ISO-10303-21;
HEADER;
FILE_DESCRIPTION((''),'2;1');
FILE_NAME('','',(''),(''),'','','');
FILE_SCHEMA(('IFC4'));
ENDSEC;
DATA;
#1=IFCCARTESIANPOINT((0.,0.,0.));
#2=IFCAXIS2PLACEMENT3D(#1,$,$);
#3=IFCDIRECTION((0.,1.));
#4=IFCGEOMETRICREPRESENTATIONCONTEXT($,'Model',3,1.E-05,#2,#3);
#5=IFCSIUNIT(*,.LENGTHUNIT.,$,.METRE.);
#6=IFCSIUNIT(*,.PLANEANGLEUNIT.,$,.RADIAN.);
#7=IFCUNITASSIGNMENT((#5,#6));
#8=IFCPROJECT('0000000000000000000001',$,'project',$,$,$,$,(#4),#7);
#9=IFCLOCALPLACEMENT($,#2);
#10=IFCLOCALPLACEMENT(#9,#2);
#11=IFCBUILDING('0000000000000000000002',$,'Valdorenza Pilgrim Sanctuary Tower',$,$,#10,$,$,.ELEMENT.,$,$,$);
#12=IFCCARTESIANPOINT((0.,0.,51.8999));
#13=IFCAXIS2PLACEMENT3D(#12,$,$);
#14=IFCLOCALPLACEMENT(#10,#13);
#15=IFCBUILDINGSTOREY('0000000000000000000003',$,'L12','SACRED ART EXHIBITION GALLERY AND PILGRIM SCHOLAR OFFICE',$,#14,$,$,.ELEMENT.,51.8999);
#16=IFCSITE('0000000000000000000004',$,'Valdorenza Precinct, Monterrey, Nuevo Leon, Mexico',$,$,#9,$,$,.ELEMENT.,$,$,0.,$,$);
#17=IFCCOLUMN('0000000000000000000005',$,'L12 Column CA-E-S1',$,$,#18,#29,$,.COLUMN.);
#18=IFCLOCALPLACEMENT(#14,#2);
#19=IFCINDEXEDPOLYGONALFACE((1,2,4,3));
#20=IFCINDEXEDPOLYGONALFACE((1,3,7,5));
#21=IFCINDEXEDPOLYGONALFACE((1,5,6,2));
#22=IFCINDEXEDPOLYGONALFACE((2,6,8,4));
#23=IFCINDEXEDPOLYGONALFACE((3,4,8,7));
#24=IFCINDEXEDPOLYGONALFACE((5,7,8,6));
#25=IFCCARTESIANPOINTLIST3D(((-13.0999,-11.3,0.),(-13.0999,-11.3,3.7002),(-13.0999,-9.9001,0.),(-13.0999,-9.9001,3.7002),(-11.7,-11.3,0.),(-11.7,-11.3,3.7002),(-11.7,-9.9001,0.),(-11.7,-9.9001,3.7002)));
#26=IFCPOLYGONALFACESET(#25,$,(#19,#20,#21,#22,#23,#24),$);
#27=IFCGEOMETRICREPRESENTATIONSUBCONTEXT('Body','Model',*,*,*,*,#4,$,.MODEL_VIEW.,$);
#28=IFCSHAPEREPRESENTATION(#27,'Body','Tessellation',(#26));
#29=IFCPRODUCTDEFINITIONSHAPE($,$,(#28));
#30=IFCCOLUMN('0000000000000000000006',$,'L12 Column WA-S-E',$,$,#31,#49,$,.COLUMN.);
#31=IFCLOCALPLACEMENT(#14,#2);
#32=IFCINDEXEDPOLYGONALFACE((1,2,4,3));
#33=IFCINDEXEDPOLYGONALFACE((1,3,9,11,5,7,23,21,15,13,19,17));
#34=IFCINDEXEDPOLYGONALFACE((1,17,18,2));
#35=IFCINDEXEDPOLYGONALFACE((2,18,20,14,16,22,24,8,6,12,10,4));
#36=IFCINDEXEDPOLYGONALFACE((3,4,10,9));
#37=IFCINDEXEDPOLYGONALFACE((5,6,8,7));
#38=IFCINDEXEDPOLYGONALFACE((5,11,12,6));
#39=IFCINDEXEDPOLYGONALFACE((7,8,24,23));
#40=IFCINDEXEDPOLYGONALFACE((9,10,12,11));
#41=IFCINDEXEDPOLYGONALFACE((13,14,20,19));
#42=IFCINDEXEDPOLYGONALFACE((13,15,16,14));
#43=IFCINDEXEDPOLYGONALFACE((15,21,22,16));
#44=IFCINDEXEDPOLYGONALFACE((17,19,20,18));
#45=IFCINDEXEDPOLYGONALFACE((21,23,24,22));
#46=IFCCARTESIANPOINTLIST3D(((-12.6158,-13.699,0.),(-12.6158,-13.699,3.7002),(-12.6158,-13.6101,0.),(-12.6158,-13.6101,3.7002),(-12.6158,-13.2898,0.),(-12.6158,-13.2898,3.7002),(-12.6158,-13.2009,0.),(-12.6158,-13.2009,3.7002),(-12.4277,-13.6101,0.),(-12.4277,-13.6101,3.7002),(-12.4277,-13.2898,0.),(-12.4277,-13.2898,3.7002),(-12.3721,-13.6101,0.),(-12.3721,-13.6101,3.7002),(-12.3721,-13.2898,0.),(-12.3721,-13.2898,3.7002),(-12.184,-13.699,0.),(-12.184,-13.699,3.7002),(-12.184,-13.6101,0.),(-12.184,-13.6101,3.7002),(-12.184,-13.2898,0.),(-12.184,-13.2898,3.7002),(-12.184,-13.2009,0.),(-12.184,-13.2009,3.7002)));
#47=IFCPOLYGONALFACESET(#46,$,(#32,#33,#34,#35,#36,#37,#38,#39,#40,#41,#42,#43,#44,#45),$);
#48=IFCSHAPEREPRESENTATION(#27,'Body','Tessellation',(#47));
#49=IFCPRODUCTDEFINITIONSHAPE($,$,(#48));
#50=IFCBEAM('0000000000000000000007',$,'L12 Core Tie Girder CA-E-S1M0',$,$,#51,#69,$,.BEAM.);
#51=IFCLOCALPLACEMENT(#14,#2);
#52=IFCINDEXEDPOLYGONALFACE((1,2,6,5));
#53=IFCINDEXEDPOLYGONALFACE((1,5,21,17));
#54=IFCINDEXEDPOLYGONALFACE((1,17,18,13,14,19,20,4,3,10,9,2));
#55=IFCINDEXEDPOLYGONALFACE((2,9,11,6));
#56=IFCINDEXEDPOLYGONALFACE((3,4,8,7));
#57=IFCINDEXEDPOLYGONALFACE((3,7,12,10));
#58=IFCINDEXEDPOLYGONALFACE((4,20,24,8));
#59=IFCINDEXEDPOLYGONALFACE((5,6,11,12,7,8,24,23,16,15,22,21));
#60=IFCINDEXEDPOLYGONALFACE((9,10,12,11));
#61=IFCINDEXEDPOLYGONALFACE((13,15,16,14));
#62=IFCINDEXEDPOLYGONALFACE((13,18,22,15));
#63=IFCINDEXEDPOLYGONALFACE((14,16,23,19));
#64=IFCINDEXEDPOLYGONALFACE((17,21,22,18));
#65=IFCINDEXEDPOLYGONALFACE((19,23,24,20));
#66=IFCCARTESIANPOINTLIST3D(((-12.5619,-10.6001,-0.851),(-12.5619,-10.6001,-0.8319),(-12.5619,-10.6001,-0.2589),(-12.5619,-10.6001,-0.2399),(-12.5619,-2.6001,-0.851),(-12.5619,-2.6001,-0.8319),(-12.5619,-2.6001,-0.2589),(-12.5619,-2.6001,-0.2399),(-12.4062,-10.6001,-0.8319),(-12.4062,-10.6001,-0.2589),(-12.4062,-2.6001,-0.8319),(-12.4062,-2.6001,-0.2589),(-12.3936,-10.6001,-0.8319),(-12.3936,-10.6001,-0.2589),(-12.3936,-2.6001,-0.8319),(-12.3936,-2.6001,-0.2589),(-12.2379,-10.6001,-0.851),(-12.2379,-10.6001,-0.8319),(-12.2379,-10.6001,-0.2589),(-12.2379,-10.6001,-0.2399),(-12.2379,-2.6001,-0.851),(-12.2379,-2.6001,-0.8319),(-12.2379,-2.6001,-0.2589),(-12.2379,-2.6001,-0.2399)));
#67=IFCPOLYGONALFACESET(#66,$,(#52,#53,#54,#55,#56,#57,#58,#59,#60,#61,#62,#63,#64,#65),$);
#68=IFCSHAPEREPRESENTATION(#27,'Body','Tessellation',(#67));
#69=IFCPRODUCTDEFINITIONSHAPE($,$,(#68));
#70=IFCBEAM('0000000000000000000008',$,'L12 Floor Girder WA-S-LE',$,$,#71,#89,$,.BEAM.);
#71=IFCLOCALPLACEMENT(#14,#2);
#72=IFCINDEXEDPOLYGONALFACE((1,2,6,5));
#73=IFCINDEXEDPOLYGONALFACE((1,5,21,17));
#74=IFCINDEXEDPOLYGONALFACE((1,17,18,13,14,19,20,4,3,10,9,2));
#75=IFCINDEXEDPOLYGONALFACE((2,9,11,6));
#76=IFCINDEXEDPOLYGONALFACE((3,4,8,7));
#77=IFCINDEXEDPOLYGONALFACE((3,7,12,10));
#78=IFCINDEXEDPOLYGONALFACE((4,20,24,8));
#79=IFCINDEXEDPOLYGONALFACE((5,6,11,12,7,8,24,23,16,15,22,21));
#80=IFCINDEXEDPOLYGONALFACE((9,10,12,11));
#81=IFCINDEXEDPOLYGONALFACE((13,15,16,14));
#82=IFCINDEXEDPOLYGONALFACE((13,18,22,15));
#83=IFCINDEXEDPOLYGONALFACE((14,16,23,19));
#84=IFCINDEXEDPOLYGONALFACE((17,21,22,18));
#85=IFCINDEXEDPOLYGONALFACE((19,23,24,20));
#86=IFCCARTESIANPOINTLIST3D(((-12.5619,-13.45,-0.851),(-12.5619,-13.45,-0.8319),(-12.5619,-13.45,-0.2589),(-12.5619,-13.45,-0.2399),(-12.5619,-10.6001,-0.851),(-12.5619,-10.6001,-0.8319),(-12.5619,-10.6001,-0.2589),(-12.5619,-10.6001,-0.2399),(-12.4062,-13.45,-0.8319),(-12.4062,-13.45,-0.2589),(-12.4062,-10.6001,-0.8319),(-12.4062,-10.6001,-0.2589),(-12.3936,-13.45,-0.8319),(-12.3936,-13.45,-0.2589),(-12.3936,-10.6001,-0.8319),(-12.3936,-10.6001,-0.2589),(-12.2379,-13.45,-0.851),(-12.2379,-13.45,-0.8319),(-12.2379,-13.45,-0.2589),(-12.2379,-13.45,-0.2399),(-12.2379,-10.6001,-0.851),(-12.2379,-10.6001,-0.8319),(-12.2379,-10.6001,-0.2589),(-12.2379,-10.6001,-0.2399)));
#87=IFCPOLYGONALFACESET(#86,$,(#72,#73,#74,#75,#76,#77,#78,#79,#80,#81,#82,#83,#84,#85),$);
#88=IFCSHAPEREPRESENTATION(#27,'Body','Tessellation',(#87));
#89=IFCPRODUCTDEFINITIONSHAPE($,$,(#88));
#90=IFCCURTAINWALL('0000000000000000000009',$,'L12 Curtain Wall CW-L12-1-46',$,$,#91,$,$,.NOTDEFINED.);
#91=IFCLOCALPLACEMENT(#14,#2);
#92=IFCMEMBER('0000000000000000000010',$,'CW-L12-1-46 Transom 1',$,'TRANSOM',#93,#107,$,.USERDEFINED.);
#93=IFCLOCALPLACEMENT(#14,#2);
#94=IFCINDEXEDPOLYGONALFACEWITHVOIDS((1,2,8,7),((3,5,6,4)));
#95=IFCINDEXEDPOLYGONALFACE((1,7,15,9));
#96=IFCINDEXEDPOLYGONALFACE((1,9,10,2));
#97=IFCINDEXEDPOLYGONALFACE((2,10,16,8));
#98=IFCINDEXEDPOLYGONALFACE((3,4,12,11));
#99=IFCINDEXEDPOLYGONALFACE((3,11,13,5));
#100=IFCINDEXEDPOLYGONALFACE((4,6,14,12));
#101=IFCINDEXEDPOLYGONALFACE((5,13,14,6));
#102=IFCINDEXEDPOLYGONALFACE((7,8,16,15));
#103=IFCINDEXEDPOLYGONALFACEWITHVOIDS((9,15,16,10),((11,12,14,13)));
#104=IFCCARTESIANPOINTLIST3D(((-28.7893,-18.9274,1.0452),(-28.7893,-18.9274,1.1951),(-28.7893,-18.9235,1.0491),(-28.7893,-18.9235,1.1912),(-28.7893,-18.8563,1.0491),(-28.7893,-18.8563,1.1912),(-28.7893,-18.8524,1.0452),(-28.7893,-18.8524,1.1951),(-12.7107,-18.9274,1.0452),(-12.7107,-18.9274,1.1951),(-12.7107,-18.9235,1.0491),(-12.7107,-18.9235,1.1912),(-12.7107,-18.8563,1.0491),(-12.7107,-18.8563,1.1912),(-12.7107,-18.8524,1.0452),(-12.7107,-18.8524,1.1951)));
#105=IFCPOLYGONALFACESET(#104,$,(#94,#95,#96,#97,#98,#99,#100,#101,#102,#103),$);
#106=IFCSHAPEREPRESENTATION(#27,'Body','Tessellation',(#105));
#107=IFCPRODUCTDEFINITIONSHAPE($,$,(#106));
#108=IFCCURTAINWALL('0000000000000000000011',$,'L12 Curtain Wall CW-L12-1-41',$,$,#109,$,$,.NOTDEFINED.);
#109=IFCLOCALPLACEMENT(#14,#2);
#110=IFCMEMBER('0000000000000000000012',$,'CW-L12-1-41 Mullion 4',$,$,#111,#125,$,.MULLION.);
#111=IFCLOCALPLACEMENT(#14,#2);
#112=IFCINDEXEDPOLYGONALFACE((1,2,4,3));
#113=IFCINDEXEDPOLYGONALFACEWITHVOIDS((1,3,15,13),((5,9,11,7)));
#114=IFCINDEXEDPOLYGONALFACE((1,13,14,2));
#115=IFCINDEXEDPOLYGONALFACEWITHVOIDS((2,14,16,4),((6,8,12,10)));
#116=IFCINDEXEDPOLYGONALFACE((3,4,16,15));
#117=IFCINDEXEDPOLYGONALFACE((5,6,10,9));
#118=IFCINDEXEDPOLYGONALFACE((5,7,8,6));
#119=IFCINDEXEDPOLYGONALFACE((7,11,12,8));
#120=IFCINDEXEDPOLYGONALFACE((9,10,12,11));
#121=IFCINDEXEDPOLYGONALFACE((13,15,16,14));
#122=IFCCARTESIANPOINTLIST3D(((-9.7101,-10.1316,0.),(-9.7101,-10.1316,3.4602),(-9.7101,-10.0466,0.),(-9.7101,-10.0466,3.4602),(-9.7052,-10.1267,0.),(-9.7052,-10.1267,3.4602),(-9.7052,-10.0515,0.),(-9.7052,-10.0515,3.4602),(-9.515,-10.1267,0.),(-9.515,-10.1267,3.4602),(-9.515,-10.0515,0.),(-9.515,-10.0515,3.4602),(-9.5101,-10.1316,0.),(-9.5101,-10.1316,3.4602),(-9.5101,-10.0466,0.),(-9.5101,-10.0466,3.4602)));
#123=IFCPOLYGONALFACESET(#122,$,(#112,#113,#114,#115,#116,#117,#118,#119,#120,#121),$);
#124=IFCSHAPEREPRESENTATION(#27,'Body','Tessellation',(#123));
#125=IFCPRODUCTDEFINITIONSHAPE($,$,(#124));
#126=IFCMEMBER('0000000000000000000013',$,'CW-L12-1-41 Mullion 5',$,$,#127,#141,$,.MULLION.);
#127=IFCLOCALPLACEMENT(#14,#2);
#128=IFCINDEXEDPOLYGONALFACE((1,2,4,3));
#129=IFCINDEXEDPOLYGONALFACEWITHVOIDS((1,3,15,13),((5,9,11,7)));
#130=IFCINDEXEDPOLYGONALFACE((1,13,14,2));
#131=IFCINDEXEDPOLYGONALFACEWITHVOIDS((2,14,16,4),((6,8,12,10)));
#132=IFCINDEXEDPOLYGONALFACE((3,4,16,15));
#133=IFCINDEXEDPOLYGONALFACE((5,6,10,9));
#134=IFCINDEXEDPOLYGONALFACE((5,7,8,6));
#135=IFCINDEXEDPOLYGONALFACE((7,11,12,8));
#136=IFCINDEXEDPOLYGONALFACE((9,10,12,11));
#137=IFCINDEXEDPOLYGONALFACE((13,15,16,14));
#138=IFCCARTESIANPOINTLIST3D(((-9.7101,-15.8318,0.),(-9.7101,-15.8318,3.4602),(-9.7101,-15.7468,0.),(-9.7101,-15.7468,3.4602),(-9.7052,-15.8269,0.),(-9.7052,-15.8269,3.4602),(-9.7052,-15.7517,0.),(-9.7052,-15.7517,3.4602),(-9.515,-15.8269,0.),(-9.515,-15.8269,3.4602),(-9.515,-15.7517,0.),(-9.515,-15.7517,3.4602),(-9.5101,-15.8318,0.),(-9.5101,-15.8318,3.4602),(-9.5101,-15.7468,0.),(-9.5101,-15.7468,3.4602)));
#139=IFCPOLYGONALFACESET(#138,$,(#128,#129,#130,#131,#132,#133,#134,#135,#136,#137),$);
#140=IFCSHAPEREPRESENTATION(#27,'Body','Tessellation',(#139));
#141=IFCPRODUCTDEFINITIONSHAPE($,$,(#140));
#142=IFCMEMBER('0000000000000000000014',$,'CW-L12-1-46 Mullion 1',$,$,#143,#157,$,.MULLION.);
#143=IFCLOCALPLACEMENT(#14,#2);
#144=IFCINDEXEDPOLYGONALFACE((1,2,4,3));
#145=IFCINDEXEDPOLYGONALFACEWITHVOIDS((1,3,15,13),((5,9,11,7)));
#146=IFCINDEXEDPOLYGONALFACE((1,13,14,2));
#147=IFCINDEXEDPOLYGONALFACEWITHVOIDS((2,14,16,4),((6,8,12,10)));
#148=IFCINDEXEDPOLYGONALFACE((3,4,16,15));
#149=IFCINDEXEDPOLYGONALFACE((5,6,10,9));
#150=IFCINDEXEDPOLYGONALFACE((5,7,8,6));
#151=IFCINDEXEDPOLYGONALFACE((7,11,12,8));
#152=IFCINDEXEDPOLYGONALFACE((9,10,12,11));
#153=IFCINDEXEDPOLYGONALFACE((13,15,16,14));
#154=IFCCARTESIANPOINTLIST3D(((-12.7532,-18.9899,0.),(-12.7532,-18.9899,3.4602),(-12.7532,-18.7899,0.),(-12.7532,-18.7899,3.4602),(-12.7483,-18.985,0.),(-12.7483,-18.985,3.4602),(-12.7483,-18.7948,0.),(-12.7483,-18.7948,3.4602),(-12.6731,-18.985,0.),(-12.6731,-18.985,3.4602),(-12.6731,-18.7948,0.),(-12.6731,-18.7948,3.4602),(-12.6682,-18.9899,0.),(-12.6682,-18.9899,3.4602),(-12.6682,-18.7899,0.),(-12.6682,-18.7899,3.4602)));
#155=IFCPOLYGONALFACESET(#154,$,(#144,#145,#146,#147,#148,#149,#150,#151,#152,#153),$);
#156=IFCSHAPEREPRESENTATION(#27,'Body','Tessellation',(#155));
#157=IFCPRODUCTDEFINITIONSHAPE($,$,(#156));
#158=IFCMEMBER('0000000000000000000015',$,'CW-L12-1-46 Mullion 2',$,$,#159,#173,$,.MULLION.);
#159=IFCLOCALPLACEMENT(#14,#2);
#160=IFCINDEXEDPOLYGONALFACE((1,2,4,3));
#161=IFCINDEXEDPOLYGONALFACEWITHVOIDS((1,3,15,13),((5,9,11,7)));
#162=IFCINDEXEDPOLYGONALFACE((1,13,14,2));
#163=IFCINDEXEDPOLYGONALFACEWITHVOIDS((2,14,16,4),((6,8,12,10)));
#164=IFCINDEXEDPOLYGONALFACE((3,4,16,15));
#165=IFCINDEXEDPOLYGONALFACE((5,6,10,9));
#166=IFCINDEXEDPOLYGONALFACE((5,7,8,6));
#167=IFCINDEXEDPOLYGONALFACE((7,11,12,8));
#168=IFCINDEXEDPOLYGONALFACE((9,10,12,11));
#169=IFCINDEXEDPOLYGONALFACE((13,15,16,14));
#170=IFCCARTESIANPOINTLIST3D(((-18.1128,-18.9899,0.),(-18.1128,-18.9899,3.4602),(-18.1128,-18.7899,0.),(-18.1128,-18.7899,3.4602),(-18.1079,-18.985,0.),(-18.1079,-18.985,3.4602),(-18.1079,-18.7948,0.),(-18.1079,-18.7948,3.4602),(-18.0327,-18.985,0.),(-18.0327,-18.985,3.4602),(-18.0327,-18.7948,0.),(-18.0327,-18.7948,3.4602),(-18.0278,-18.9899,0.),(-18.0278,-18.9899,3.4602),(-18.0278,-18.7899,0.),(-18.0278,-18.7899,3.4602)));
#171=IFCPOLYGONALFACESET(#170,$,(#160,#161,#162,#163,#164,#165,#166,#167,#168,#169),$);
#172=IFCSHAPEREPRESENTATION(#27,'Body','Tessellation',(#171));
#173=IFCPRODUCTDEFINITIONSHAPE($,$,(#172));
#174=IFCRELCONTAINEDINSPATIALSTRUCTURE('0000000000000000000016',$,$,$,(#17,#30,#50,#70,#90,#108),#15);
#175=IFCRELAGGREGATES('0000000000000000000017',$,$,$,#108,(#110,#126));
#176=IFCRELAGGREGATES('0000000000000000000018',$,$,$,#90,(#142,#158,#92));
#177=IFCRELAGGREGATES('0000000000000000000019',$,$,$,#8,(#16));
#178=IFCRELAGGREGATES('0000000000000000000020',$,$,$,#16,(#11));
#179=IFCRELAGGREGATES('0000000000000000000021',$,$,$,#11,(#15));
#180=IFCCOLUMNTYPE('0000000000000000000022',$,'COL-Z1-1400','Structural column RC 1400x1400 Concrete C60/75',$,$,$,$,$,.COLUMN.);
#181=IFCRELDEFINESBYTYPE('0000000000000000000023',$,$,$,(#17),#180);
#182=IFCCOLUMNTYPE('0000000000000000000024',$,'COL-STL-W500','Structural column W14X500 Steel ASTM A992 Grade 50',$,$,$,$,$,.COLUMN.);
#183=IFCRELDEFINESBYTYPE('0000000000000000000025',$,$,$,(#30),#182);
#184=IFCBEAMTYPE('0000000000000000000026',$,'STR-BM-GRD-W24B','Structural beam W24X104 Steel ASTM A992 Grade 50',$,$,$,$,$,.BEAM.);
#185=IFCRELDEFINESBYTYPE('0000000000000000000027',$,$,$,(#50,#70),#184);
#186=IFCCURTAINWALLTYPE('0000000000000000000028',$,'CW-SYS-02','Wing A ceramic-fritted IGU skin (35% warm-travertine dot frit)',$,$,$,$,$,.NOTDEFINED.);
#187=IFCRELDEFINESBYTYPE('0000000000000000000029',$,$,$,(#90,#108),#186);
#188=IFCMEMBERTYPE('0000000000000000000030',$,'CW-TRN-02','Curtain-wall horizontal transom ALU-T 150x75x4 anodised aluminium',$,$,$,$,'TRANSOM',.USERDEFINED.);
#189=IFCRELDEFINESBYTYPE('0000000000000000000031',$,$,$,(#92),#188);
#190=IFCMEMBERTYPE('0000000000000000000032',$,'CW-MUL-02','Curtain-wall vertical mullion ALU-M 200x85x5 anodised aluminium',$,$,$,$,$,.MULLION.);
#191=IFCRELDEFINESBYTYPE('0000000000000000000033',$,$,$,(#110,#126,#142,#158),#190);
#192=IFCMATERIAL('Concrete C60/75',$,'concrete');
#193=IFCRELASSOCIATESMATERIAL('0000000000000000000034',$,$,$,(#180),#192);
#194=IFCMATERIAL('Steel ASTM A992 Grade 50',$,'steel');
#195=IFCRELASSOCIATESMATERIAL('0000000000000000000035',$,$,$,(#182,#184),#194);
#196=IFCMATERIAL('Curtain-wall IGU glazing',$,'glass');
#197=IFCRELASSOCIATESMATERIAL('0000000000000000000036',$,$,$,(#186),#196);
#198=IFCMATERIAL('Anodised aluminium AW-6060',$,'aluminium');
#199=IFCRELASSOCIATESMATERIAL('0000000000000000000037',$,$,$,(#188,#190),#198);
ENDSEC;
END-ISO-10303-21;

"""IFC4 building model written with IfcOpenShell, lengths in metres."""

from ifc_helpers import new_model, si_unit, direction, frame, origin, origin_2d, place, context, subcontext, project, spatial, rectangle, hollow_rectangle, i_section, extrude, source, transform, mapped, material, material_profile, profile_set, type_object, element, aggregate, save


model = new_model("IFC4")

# Units and contexts
model_context = context("Model", 3, precision=1e-05, world=origin(), true_north=direction((0.0, 1.0)))
body_context = subcontext(model_context, "Body", "Model", "MODEL_VIEW")
ifc_project = project(units=[si_unit("LENGTHUNIT", "METRE"), si_unit("PLANEANGLEUNIT", "RADIAN")], contexts=[model_context])

# Site, building, storey
site_placement = place(None, origin())
site = spatial("IfcSite", under=ifc_project, at=site_placement, Name="Valdorenza Precinct, Monterrey, Nuevo Leon, Mexico", CompositionType="ELEMENT", RefElevation=0.0)
building_placement = place(site_placement, origin())
building = spatial("IfcBuilding", under=site, at=building_placement, Name="Valdorenza Pilgrim Sanctuary Tower", CompositionType="ELEMENT")
storey_placement = place(building_placement, frame((0.0, 0.0, 51.8999)))
storey = spatial("IfcBuildingStorey", under=building, at=storey_placement, Name="L12", Description="SACRED ART EXHIBITION GALLERY AND PILGRIM SCHOLAR OFFICE", CompositionType="ELEMENT", Elevation=51.8999)

# Columns
ifc_material_1 = material(Name="Concrete C60/75", Category="concrete")
ifc_material_profile_1 = material_profile(ifc_material_1, rectangle(XDim=1.3999, YDim=1.3999, at=origin_2d()), Name="RC 1400x1400")
ifc_profile_set_1 = profile_set([ifc_material_profile_1], Name="Concrete C60/75")
column_type_1 = type_object("IfcColumnType", Name="COL-Z1-1400", Description="Structural column RC 1400x1400 Concrete C60/75", PredefinedType="COLUMN", material=ifc_profile_set_1)
shared_shape_1 = source(origin(), body_context, "Body", "SweptSolid", [
    extrude(rectangle(XDim=1.3999, YDim=1.3999, at=origin_2d()), origin(), (0.0, 0.0, 1.0), 3.7002),
])
column_1_placement = place(storey_placement, frame((-12.3999, -10.6001, 0.0), z_axis=(0.0, 0.0, 1.0), x_axis=(1.0, 0.0, 0.0)))
element("IfcColumn", 1, at=column_1_placement, inside=storey, type_object=column_type_1, Name="L12 Column CA-E-S1", PredefinedType="COLUMN", context=body_context, shape_type="MappedRepresentation", body=[
    mapped(shared_shape_1, transform((0.0, 0.0, 0.0), x_axis=(1.0, 0.0, 0.0), y_axis=(0.0, 1.0, 0.0), z_axis=(0.0, 0.0, 1.0), scale=1.0)),
])
ifc_material_2 = material(Name="Steel ASTM A992 Grade 50", Category="steel")
ifc_material_profile_2 = material_profile(ifc_material_2, i_section(OverallWidth=0.4319, OverallDepth=0.498, WebThickness=0.0557, FlangeThickness=0.0889, at=origin_2d()), Name="W14X500")
ifc_profile_set_2 = profile_set([ifc_material_profile_2], Name="Steel ASTM A992 Grade 50")
column_type_2 = type_object("IfcColumnType", Name="COL-STL-W500", Description="Structural column W14X500 Steel ASTM A992 Grade 50", PredefinedType="COLUMN", material=ifc_profile_set_2)
shared_shape_2 = source(origin(), body_context, "Body", "SweptSolid", [
    extrude(i_section(OverallWidth=0.4319, OverallDepth=0.498, WebThickness=0.0557, FlangeThickness=0.0889, at=origin_2d()), origin(), (0.0, 0.0, 1.0), 3.7002),
])
column_2_placement = place(storey_placement, frame((-12.3999, -13.45, 0.0), z_axis=(0.0, 0.0, 1.0), x_axis=(1.0, 0.0, 0.0)))
element("IfcColumn", 2, at=column_2_placement, inside=storey, type_object=column_type_2, Name="L12 Column WA-S-E", PredefinedType="COLUMN", context=body_context, shape_type="MappedRepresentation", body=[
    mapped(shared_shape_2, transform((0.0, 0.0, 0.0), x_axis=(1.0, 0.0, 0.0), y_axis=(0.0, 1.0, 0.0), z_axis=(0.0, 0.0, 1.0), scale=1.0)),
])

# Beams
ifc_material_profile_3 = material_profile(ifc_material_2, i_section(OverallWidth=0.324, OverallDepth=0.6111, WebThickness=0.0127, FlangeThickness=0.019, at=origin_2d()), Name="W24X104")
ifc_profile_set_3 = profile_set([ifc_material_profile_3], Name="Steel ASTM A992 Grade 50")
beam_type = type_object("IfcBeamType", Name="STR-BM-GRD-W24B", Description="Structural beam W24X104 Steel ASTM A992 Grade 50", PredefinedType="BEAM", material=ifc_profile_set_3)
shared_shape_3 = source(origin(), body_context, "Body", "SweptSolid", [
    extrude(i_section(OverallWidth=0.324, OverallDepth=0.6111, WebThickness=0.0127, FlangeThickness=0.019, at=origin_2d()), origin(), (0.0, 0.0, 1.0), 8.0),
])
beam_1_placement = place(storey_placement, frame((-12.3999, -10.6001, -0.5454), z_axis=(0.0, 1.0, 0.0), x_axis=(-1.0, 0.0, 0.0)))
element("IfcBeam", 3, at=beam_1_placement, inside=storey, type_object=beam_type, Name="L12 Core Tie Girder CA-E-S1M0", PredefinedType="BEAM", context=body_context, shape_type="MappedRepresentation", body=[
    mapped(shared_shape_3, transform((0.0, 0.0, 0.0), x_axis=(1.0, 0.0, 0.0), y_axis=(0.0, 1.0, 0.0), z_axis=(0.0, 0.0, 1.0), scale=1.0)),
])
shared_shape_4 = source(origin(), body_context, "Body", "SweptSolid", [
    extrude(i_section(OverallWidth=0.324, OverallDepth=0.6111, WebThickness=0.0127, FlangeThickness=0.019, at=origin_2d()), origin(), (0.0, 0.0, 1.0), 2.8499),
])
beam_2_placement = place(storey_placement, frame((-12.3999, -13.45, -0.5454), z_axis=(0.0, 1.0, 0.0), x_axis=(-1.0, 0.0, 0.0)))
element("IfcBeam", 4, at=beam_2_placement, inside=storey, type_object=beam_type, Name="L12 Floor Girder WA-S-LE", PredefinedType="BEAM", context=body_context, shape_type="MappedRepresentation", body=[
    mapped(shared_shape_4, transform((0.0, 0.0, 0.0), x_axis=(1.0, 0.0, 0.0), y_axis=(0.0, 1.0, 0.0), z_axis=(0.0, 0.0, 1.0), scale=1.0)),
])

# Curtain wall, member
ifc_material_3 = material(Name="Curtain-wall IGU glazing", Category="glass")
curtain_wall_type = type_object("IfcCurtainWallType", Name="CW-SYS-02", Description="Wing A ceramic-fritted IGU skin (35% warm-travertine dot frit)", PredefinedType="NOTDEFINED", material=ifc_material_3)
curtain_wall_1_placement = place(storey_placement, origin())
curtain_wall_1 = element("IfcCurtainWall", 5, at=curtain_wall_1_placement, inside=storey, type_object=curtain_wall_type, Name="L12 Curtain Wall CW-L12-1-46", PredefinedType="NOTDEFINED")
ifc_material_4 = material(Name="Anodised aluminium AW-6060", Category="aluminium")
ifc_material_profile_4 = material_profile(ifc_material_4, hollow_rectangle(XDim=0.075, YDim=0.1499, WallThickness=0.0039, at=origin_2d()), Name="ALU-T 150x75x4")
ifc_profile_set_4 = profile_set([ifc_material_profile_4], Name="Anodised aluminium AW-6060")
member_type_1 = type_object("IfcMemberType", Name="CW-TRN-02", Description="Curtain-wall horizontal transom ALU-T 150x75x4 anodised aluminium", ElementType="TRANSOM", PredefinedType="USERDEFINED", material=ifc_profile_set_4)
shared_shape_5 = source(origin(), body_context, "Body", "SweptSolid", [
    extrude(hollow_rectangle(XDim=0.075, YDim=0.1499, WallThickness=0.0039, at=origin_2d()), origin(), (0.0, 0.0, 1.0), 16.0786),
])
member_1_placement = place(storey_placement, frame((-12.7107, -18.8899, 1.1201), z_axis=(-1.0, 0.0, 0.0), x_axis=(0.0, -1.0, 0.0)))
member_1 = element("IfcMember", 6, at=member_1_placement, type_object=member_type_1, Name="CW-L12-1-46 Transom 1", ObjectType="TRANSOM", PredefinedType="USERDEFINED", context=body_context, shape_type="MappedRepresentation", body=[
    mapped(shared_shape_5, transform((0.0, 0.0, 0.0), x_axis=(1.0, 0.0, 0.0), y_axis=(0.0, 1.0, 0.0), z_axis=(0.0, 0.0, 1.0), scale=1.0)),
])

# Curtain wall, members
curtain_wall_2_placement = place(storey_placement, origin())
curtain_wall_2 = element("IfcCurtainWall", 7, at=curtain_wall_2_placement, inside=storey, type_object=curtain_wall_type, Name="L12 Curtain Wall CW-L12-1-41", PredefinedType="NOTDEFINED")
ifc_material_profile_5 = material_profile(ifc_material_4, hollow_rectangle(XDim=0.085, YDim=0.2, WallThickness=0.0049, at=origin_2d()), Name="ALU-M 200x85x5")
ifc_profile_set_5 = profile_set([ifc_material_profile_5], Name="Anodised aluminium AW-6060")
member_type_2 = type_object("IfcMemberType", Name="CW-MUL-02", Description="Curtain-wall vertical mullion ALU-M 200x85x5 anodised aluminium", PredefinedType="MULLION", material=ifc_profile_set_5)
shared_shape_6 = source(origin(), body_context, "Body", "SweptSolid", [
    extrude(hollow_rectangle(XDim=0.085, YDim=0.2, WallThickness=0.0049, at=origin_2d()), origin(), (0.0, 0.0, 1.0), 3.4602),
])
member_2_placement = place(storey_placement, frame((-9.6101, -10.0891, 0.0), z_axis=(0.0, 0.0, 1.0), x_axis=(0.0, -1.0, 0.0)))
member_2 = element("IfcMember", 8, at=member_2_placement, type_object=member_type_2, Name="CW-L12-1-41 Mullion 4", PredefinedType="MULLION", context=body_context, shape_type="MappedRepresentation", body=[
    mapped(shared_shape_6, transform((0.0, 0.0, 0.0), x_axis=(1.0, 0.0, 0.0), y_axis=(0.0, 1.0, 0.0), z_axis=(0.0, 0.0, 1.0), scale=1.0)),
])
member_3_placement = place(storey_placement, frame((-9.6101, -15.7893, 0.0), z_axis=(0.0, 0.0, 1.0), x_axis=(0.0, -1.0, 0.0)))
member_3 = element("IfcMember", 9, at=member_3_placement, type_object=member_type_2, Name="CW-L12-1-41 Mullion 5", PredefinedType="MULLION", context=body_context, shape_type="MappedRepresentation", body=[
    mapped(shared_shape_6, transform((0.0, 0.0, 0.0), x_axis=(1.0, 0.0, 0.0), y_axis=(0.0, 1.0, 0.0), z_axis=(0.0, 0.0, 1.0), scale=1.0)),
])

# Members
member_4_placement = place(storey_placement, frame((-12.7107, -18.8899, 0.0), z_axis=(0.0, 0.0, 1.0), x_axis=(-1.0, 0.0, 0.0)))
member_4 = element("IfcMember", 10, at=member_4_placement, type_object=member_type_2, Name="CW-L12-1-46 Mullion 1", PredefinedType="MULLION", context=body_context, shape_type="MappedRepresentation", body=[
    mapped(shared_shape_6, transform((0.0, 0.0, 0.0), x_axis=(1.0, 0.0, 0.0), y_axis=(0.0, 1.0, 0.0), z_axis=(0.0, 0.0, 1.0), scale=1.0)),
])
member_5_placement = place(storey_placement, frame((-18.0703, -18.8899, 0.0), z_axis=(0.0, 0.0, 1.0), x_axis=(-1.0, 0.0, 0.0)))
member_5 = element("IfcMember", 11, at=member_5_placement, type_object=member_type_2, Name="CW-L12-1-46 Mullion 2", PredefinedType="MULLION", context=body_context, shape_type="MappedRepresentation", body=[
    mapped(shared_shape_6, transform((0.0, 0.0, 0.0), x_axis=(1.0, 0.0, 0.0), y_axis=(0.0, 1.0, 0.0), z_axis=(0.0, 0.0, 1.0), scale=1.0)),
])

aggregate(curtain_wall_2, [member_2, member_3])
aggregate(curtain_wall_1, [member_4, member_5, member_1])

save(model, "model.ifc")
